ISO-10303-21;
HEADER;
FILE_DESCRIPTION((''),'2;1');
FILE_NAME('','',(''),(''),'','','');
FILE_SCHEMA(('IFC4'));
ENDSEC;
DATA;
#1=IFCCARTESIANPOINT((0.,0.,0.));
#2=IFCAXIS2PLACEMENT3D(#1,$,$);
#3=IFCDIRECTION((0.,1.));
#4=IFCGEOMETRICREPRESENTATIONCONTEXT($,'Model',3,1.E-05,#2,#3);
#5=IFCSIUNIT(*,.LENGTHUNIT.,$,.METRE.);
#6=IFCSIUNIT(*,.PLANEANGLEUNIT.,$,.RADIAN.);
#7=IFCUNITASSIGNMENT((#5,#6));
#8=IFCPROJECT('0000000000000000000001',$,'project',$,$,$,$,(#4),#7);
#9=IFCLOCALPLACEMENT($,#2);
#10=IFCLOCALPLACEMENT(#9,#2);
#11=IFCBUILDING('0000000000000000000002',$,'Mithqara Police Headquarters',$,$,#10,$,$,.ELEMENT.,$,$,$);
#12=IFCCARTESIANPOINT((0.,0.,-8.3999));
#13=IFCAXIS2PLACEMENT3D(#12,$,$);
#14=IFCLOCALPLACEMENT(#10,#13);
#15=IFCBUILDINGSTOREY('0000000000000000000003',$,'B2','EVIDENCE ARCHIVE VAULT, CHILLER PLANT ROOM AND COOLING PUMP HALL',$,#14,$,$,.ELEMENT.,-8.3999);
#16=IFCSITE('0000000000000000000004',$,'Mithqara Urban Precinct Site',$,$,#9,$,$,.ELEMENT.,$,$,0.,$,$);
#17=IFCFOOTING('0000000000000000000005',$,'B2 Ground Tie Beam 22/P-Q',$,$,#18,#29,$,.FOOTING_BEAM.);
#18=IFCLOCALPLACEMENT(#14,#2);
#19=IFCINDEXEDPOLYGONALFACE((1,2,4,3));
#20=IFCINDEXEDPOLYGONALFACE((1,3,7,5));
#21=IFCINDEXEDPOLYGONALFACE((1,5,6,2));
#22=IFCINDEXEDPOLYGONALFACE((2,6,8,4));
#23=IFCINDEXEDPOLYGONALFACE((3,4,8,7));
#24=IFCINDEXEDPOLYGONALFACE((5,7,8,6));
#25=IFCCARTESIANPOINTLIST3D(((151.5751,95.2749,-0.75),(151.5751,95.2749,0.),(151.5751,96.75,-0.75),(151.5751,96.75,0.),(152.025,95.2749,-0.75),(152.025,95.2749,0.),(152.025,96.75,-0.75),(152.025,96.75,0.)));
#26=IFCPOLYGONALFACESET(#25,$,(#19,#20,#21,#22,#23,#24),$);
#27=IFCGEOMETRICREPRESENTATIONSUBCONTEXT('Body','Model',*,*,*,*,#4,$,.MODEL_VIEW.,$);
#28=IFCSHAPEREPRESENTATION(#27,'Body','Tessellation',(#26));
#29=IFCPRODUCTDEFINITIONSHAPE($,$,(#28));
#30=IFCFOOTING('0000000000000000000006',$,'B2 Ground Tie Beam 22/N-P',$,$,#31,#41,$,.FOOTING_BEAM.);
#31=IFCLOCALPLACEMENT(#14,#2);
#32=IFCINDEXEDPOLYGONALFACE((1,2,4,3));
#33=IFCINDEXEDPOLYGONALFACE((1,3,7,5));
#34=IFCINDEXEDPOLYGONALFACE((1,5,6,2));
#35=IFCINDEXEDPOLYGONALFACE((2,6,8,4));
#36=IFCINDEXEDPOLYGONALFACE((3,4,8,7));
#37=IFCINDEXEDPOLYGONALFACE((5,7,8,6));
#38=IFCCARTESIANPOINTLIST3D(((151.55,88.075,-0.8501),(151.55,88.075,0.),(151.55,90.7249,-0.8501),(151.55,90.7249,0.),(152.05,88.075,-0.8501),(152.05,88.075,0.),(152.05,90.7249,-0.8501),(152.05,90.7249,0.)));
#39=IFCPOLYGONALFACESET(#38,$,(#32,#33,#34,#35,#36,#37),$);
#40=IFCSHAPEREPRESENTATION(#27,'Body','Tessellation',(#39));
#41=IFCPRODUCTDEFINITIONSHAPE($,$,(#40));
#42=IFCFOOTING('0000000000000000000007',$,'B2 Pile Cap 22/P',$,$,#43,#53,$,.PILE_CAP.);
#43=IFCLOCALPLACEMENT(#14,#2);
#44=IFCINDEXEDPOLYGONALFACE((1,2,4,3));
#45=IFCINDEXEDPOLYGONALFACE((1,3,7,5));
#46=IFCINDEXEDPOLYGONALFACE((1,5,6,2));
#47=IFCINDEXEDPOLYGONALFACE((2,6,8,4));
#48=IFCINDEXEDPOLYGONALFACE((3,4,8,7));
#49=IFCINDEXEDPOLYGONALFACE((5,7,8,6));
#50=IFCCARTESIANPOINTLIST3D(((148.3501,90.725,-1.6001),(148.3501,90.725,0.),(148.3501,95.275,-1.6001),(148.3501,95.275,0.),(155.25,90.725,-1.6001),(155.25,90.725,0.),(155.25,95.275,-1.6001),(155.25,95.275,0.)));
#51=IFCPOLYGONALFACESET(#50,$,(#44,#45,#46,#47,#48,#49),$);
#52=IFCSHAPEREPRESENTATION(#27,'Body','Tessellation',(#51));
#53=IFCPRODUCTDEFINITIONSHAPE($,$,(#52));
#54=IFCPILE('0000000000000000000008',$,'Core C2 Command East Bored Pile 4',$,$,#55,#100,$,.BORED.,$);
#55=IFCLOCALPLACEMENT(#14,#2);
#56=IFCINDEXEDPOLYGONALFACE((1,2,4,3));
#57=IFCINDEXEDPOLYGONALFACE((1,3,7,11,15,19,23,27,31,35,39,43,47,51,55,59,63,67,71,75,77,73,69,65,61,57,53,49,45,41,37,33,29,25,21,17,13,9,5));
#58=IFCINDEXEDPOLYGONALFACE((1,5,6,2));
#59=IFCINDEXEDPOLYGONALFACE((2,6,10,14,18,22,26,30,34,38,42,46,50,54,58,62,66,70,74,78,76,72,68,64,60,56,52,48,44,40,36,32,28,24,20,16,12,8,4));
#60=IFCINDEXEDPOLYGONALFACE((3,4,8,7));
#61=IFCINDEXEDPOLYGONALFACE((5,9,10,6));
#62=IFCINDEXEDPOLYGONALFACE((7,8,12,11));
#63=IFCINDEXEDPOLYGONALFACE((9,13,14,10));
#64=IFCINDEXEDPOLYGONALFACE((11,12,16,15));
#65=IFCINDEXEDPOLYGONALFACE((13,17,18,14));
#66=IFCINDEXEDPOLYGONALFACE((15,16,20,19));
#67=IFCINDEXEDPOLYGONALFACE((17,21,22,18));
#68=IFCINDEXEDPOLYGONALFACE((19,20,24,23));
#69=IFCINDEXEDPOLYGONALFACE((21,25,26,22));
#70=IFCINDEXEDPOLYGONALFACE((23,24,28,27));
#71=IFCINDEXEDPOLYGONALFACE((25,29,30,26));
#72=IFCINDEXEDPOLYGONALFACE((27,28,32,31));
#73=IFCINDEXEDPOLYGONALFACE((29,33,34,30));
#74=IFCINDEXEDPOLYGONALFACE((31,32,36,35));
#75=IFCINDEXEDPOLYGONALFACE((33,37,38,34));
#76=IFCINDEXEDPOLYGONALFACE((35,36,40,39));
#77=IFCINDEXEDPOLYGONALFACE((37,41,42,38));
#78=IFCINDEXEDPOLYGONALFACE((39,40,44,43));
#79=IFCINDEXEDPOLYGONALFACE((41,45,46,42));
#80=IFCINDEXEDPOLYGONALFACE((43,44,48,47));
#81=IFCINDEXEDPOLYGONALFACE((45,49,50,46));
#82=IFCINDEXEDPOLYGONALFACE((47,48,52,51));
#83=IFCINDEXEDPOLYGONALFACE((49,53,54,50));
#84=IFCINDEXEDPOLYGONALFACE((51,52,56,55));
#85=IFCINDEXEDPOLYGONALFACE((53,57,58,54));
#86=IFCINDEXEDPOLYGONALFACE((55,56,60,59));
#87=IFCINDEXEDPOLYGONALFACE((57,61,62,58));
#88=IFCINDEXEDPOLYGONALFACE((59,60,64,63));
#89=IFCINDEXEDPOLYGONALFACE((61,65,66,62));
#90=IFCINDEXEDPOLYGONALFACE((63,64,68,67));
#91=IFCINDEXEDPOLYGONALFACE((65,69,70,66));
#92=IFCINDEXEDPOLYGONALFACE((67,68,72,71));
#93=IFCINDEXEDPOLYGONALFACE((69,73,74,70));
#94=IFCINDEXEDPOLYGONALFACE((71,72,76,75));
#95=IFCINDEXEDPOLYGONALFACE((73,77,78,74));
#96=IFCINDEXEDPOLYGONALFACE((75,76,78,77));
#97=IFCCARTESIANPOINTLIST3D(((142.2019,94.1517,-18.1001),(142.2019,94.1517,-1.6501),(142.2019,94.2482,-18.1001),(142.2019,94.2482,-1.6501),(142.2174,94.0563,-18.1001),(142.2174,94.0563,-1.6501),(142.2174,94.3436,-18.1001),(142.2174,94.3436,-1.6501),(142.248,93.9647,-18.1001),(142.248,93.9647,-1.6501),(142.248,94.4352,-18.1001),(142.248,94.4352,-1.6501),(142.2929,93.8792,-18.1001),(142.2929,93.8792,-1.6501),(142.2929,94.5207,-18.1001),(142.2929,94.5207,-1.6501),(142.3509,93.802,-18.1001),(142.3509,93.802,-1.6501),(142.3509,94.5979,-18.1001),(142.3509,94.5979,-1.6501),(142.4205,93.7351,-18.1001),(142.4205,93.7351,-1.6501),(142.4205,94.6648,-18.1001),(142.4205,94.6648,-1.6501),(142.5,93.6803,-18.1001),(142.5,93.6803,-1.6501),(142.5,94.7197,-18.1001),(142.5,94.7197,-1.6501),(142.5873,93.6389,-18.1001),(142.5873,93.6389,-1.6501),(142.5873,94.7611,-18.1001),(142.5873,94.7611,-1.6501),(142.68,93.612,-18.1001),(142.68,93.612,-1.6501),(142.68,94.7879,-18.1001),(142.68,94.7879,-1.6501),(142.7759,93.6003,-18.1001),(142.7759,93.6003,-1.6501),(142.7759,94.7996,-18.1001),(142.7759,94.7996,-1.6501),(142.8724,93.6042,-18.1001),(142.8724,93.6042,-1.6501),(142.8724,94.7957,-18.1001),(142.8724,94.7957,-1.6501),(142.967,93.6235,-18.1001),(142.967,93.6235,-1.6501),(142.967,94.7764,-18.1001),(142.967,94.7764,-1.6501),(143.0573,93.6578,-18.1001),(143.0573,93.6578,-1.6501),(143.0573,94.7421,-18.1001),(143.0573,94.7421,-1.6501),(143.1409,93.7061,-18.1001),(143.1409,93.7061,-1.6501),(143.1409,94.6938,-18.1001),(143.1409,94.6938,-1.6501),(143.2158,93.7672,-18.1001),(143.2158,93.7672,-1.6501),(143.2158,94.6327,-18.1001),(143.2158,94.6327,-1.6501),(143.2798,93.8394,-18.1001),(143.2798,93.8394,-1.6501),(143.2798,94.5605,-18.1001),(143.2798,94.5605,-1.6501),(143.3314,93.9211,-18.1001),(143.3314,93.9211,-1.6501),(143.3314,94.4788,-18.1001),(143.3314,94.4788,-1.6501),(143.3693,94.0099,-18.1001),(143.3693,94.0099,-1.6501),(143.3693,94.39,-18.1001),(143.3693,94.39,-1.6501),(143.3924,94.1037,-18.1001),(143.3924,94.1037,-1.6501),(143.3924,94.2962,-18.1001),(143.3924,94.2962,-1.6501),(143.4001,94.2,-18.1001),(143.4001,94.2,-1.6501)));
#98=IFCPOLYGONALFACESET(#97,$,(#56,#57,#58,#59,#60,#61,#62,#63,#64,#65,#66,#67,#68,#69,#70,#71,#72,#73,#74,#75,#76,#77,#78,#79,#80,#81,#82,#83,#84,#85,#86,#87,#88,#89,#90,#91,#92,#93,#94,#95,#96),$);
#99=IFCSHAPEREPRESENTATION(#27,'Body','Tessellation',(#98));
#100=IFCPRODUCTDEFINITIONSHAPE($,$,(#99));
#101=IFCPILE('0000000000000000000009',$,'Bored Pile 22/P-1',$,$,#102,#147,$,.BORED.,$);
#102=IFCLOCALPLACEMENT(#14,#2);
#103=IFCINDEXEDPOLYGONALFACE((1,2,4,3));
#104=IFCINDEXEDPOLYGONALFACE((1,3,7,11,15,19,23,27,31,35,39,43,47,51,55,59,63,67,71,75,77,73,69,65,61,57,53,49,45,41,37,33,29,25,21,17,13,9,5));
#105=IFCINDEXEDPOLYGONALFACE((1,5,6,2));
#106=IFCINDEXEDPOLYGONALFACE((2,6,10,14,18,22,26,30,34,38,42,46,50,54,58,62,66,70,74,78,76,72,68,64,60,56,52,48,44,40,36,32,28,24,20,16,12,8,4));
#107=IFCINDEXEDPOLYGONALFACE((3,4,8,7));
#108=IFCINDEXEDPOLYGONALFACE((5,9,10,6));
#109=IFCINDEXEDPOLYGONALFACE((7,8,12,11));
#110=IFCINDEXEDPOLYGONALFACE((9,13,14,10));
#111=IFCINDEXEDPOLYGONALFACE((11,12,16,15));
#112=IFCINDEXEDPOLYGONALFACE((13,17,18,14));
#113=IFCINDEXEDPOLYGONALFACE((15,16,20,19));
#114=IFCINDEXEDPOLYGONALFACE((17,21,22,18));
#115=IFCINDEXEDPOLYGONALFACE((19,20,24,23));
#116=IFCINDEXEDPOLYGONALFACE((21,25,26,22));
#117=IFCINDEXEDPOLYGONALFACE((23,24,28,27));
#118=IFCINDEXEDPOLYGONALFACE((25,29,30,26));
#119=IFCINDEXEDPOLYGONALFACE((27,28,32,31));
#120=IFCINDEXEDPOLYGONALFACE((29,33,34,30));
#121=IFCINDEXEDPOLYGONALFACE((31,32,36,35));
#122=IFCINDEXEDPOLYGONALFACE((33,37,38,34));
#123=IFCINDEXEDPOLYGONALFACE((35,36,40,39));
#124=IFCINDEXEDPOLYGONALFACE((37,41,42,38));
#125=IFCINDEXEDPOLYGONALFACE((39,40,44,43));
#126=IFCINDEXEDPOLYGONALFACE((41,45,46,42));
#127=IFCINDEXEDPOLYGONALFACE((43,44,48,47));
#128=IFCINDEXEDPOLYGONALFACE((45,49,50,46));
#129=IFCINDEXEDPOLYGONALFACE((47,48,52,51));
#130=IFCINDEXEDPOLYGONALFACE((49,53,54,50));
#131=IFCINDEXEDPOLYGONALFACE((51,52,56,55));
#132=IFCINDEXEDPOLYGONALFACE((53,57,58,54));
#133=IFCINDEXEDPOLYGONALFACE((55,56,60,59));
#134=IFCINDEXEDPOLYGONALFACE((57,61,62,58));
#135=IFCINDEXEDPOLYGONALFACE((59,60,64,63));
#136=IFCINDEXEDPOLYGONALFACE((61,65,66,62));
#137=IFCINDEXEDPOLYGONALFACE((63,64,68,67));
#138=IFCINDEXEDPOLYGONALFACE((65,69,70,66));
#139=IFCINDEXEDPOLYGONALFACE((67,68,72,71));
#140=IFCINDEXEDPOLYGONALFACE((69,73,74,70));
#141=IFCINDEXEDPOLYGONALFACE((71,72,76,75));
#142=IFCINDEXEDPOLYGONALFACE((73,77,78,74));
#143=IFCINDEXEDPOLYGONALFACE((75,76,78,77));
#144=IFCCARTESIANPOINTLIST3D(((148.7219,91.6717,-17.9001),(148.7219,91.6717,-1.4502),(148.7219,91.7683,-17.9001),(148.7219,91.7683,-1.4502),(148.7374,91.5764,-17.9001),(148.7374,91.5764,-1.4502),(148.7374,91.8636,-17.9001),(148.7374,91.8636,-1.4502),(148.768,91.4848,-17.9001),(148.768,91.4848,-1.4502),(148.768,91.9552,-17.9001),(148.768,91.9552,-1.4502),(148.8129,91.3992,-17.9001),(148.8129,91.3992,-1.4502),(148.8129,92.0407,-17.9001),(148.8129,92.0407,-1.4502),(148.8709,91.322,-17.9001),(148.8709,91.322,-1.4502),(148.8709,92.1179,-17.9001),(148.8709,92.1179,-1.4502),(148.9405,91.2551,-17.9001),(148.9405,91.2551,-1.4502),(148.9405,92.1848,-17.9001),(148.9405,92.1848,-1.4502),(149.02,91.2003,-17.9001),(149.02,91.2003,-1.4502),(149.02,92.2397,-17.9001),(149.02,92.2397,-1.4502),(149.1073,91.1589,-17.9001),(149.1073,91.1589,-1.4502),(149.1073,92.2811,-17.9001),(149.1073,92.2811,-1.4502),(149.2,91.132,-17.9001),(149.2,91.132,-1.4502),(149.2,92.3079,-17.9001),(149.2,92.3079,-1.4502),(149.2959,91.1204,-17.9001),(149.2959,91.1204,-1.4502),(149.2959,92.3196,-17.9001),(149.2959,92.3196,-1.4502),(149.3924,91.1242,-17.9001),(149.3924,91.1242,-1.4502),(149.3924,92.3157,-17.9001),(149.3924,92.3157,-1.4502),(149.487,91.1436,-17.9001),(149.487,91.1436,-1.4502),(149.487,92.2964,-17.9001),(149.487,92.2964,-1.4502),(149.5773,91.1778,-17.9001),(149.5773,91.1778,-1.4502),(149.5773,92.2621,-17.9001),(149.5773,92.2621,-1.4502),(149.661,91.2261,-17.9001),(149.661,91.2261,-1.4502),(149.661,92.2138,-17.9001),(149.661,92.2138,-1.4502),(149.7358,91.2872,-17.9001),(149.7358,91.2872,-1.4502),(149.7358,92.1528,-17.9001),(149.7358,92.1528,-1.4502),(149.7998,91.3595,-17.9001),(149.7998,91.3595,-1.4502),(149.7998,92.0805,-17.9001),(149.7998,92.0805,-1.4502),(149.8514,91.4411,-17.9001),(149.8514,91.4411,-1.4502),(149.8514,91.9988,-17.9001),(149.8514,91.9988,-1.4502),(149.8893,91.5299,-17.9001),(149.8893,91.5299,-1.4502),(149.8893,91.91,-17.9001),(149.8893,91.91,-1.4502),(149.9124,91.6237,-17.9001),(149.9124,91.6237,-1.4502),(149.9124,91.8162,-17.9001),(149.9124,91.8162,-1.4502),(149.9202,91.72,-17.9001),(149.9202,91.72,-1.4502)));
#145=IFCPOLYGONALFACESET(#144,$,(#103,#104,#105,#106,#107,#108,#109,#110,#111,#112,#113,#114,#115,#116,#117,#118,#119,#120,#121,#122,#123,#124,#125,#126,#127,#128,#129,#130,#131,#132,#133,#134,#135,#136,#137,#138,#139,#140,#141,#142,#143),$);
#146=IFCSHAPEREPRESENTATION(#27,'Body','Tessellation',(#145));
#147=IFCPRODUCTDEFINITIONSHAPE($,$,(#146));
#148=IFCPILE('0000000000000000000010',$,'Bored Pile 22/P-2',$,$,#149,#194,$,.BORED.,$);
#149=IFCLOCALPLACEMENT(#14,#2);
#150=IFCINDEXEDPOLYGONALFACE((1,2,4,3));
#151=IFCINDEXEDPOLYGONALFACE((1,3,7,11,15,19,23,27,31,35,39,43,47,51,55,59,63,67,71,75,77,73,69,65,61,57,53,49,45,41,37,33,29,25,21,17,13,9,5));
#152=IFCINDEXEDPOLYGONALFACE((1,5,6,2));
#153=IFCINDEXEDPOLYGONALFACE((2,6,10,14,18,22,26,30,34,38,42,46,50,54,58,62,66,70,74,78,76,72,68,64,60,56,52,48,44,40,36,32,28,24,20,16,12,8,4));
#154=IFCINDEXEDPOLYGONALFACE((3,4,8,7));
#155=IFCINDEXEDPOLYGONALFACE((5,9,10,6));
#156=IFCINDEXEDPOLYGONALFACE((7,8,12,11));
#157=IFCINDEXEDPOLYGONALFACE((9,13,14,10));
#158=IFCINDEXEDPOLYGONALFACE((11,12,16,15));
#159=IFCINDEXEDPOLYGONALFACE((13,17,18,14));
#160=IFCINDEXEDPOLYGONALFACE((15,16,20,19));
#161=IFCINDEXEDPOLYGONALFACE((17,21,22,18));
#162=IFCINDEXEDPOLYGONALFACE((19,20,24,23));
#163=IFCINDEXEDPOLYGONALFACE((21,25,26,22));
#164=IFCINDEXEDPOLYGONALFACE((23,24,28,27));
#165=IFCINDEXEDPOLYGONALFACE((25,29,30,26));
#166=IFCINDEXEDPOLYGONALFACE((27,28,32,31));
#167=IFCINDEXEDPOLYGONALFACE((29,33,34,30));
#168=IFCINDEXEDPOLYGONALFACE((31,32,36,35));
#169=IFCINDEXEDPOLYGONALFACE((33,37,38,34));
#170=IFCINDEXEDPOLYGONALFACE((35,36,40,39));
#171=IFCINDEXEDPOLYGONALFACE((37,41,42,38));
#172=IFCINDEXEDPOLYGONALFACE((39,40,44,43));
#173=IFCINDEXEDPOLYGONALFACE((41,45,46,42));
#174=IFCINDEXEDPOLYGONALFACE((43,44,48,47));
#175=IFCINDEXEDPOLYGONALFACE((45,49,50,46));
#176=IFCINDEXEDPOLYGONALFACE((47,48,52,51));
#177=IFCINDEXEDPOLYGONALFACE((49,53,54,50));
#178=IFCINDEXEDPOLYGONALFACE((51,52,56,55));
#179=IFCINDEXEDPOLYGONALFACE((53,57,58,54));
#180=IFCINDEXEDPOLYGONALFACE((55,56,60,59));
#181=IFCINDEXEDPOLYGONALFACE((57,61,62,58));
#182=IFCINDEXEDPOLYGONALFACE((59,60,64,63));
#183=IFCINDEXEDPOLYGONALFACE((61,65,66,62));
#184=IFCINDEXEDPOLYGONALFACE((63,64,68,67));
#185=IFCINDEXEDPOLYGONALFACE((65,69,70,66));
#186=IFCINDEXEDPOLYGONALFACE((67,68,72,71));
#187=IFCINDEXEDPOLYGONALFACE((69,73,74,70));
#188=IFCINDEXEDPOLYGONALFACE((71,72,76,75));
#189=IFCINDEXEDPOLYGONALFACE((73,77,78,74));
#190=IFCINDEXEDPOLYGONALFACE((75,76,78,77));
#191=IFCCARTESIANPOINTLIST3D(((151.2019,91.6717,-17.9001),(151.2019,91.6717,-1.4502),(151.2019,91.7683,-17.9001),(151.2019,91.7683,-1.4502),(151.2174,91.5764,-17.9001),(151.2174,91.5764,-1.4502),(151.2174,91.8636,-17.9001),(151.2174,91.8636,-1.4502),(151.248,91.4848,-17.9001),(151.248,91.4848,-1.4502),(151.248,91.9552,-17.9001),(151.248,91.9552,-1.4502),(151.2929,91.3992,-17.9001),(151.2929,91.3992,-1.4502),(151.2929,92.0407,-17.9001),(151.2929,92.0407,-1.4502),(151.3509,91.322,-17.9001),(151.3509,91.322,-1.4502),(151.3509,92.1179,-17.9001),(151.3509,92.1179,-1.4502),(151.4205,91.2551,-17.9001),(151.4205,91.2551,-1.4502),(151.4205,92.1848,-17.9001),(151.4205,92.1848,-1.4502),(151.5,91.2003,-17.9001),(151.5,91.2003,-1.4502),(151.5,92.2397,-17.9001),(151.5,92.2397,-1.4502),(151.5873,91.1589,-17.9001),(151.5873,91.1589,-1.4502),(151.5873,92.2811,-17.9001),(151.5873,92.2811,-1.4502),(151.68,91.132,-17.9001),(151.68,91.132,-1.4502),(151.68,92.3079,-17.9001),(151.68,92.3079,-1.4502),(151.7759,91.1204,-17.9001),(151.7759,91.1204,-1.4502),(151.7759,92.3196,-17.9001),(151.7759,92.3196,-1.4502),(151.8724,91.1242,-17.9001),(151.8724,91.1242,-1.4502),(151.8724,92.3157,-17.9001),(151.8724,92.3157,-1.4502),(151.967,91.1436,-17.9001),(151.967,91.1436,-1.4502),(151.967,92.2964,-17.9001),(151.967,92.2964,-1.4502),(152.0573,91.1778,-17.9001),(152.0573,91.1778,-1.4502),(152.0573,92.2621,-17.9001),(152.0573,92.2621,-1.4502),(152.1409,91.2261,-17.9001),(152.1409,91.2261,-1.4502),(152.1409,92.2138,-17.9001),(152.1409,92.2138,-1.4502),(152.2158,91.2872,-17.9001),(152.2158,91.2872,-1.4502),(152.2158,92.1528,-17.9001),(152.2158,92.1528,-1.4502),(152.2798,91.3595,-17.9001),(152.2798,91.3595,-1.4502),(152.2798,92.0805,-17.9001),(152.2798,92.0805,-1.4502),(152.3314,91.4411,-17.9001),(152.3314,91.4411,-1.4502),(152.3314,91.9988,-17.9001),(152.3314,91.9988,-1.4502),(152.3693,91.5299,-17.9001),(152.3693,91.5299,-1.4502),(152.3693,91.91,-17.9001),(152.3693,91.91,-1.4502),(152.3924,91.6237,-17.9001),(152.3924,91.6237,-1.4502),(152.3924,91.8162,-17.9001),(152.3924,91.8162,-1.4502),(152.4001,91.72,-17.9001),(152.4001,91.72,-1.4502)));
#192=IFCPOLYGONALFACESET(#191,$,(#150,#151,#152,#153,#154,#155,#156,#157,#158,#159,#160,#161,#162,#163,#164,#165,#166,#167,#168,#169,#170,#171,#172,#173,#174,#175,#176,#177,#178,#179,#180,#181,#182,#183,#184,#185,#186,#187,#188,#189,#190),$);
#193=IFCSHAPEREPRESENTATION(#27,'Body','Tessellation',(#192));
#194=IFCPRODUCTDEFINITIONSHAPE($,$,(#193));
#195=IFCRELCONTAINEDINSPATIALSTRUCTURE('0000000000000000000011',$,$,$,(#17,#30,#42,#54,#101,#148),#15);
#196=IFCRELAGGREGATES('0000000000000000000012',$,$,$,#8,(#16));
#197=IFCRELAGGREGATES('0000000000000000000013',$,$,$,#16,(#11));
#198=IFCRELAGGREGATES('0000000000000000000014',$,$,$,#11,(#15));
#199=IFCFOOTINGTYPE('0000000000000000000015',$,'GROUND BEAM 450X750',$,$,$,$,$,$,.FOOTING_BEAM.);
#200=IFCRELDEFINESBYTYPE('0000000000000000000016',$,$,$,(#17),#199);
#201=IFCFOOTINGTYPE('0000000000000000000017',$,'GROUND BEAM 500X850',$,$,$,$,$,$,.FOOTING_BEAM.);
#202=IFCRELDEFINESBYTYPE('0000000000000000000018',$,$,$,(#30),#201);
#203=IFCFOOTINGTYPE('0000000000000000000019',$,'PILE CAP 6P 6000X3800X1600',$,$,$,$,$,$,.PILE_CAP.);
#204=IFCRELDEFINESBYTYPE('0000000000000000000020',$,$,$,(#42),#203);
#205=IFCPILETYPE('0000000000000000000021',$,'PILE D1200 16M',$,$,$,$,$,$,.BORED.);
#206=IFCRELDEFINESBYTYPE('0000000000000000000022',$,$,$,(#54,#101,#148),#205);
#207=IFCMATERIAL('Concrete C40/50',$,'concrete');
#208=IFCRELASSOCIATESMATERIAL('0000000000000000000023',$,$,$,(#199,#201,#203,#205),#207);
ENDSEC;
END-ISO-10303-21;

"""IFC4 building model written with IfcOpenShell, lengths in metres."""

from ifc_helpers import new_model, si_unit, direction, frame, origin, origin_2d, place, context, subcontext, project, spatial, rectangle, circle, extrude, material, material_profile, profile_set, type_object, element, save


model = new_model("IFC4")

# Units and contexts
model_context = context("Model", 3, precision=1e-05, world=origin(), true_north=direction((0.0, 1.0)))
body_context = subcontext(model_context, "Body", "Model", "MODEL_VIEW")
ifc_project = project(units=[si_unit("LENGTHUNIT", "METRE"), si_unit("PLANEANGLEUNIT", "RADIAN")], contexts=[model_context])

# Site, building, storey
site_placement = place(None, origin())
site = spatial("IfcSite", under=ifc_project, at=site_placement, Name="Mithqara Urban Precinct Site", CompositionType="ELEMENT", RefElevation=0.0)
building_placement = place(site_placement, origin())
building = spatial("IfcBuilding", under=site, at=building_placement, Name="Mithqara Police Headquarters", CompositionType="ELEMENT")
storey_placement = place(building_placement, frame((0.0, 0.0, -8.3999)))
storey = spatial("IfcBuildingStorey", under=building, at=storey_placement, Name="B2", Description="EVIDENCE ARCHIVE VAULT, CHILLER PLANT ROOM AND COOLING PUMP HALL", CompositionType="ELEMENT", Elevation=-8.3999)

# Footings
ifc_material_1 = material(Name="Concrete C40/50", Category="concrete")
footing_type_1 = type_object("IfcFootingType", Name="GROUND BEAM 450X750", PredefinedType="FOOTING_BEAM", material=ifc_material_1)
footing_1_placement = place(storey_placement, frame((151.8, 96.0125, -0.75), z_axis=(0.0, 0.0, 1.0), x_axis=(1.0, 0.0, 0.0)))
element("IfcFooting", 1, at=footing_1_placement, inside=storey, type_object=footing_type_1, Name="B2 Ground Tie Beam 22/P-Q", PredefinedType="FOOTING_BEAM", context=body_context, shape_type="SweptSolid", body=[
    extrude(rectangle(XDim=0.45, YDim=1.4751, at=origin_2d()), origin(), (0.0, 0.0, 1.0), 0.75),
])
footing_type_2 = type_object("IfcFootingType", Name="GROUND BEAM 500X850", PredefinedType="FOOTING_BEAM", material=ifc_material_1)
footing_2_placement = place(storey_placement, frame((151.8, 89.3999, -0.8501), z_axis=(0.0, 0.0, 1.0), x_axis=(1.0, 0.0, 0.0)))
element("IfcFooting", 2, at=footing_2_placement, inside=storey, type_object=footing_type_2, Name="B2 Ground Tie Beam 22/N-P", PredefinedType="FOOTING_BEAM", context=body_context, shape_type="SweptSolid", body=[
    extrude(rectangle(XDim=0.5, YDim=2.6499, at=origin_2d()), origin(), (0.0, 0.0, 1.0), 0.8501),
])
footing_type_3 = type_object("IfcFootingType", Name="PILE CAP 6P 6000X3800X1600", PredefinedType="PILE_CAP", material=ifc_material_1)
footing_3_placement = place(storey_placement, frame((151.8, 93.0, -1.6001), z_axis=(0.0, 0.0, 1.0), x_axis=(1.0, 0.0, 0.0)))
element("IfcFooting", 3, at=footing_3_placement, inside=storey, type_object=footing_type_3, Name="B2 Pile Cap 22/P", PredefinedType="PILE_CAP", context=body_context, shape_type="SweptSolid", body=[
    extrude(rectangle(XDim=6.8999, YDim=4.55, at=origin_2d()), origin(), (0.0, 0.0, 1.0), 1.6001),
])

# Piles
ifc_material_profile_1 = material_profile(ifc_material_1, circle(Radius=0.6001, at=origin_2d()), Name="PILE D1200")
ifc_profile_set_1 = profile_set([ifc_material_profile_1], Name="Concrete C40/50")
pile_type = type_object("IfcPileType", Name="PILE D1200 16M", PredefinedType="BORED", material=ifc_profile_set_1)
for number, where, z_axis, x_axis, name in (
    (4, (142.8, 94.2, -1.6501), (0.0, 0.0, -1.0), (1.0, 0.0, 0.0), "Core C2 Command East Bored Pile 4"),
    (5, (149.3201, 91.72, -1.4502), (0.0, 0.0, -1.0), (1.0, 0.0, 0.0), "Bored Pile 22/P-1"),
    (6, (151.8, 91.72, -1.4502), (0.0, 0.0, -1.0), (1.0, 0.0, 0.0), "Bored Pile 22/P-2"),
):
    element("IfcPile", number, at=place(storey_placement, frame(where, z_axis=z_axis, x_axis=x_axis)), inside=storey, type_object=pile_type, Name=name, PredefinedType="BORED", context=body_context, shape_type="SweptSolid", body=[
        extrude(circle(Radius=0.6001, at=origin_2d()), origin(), (0.0, 0.0, 1.0), 16.45),
    ])

save(model, "model.ifc")
